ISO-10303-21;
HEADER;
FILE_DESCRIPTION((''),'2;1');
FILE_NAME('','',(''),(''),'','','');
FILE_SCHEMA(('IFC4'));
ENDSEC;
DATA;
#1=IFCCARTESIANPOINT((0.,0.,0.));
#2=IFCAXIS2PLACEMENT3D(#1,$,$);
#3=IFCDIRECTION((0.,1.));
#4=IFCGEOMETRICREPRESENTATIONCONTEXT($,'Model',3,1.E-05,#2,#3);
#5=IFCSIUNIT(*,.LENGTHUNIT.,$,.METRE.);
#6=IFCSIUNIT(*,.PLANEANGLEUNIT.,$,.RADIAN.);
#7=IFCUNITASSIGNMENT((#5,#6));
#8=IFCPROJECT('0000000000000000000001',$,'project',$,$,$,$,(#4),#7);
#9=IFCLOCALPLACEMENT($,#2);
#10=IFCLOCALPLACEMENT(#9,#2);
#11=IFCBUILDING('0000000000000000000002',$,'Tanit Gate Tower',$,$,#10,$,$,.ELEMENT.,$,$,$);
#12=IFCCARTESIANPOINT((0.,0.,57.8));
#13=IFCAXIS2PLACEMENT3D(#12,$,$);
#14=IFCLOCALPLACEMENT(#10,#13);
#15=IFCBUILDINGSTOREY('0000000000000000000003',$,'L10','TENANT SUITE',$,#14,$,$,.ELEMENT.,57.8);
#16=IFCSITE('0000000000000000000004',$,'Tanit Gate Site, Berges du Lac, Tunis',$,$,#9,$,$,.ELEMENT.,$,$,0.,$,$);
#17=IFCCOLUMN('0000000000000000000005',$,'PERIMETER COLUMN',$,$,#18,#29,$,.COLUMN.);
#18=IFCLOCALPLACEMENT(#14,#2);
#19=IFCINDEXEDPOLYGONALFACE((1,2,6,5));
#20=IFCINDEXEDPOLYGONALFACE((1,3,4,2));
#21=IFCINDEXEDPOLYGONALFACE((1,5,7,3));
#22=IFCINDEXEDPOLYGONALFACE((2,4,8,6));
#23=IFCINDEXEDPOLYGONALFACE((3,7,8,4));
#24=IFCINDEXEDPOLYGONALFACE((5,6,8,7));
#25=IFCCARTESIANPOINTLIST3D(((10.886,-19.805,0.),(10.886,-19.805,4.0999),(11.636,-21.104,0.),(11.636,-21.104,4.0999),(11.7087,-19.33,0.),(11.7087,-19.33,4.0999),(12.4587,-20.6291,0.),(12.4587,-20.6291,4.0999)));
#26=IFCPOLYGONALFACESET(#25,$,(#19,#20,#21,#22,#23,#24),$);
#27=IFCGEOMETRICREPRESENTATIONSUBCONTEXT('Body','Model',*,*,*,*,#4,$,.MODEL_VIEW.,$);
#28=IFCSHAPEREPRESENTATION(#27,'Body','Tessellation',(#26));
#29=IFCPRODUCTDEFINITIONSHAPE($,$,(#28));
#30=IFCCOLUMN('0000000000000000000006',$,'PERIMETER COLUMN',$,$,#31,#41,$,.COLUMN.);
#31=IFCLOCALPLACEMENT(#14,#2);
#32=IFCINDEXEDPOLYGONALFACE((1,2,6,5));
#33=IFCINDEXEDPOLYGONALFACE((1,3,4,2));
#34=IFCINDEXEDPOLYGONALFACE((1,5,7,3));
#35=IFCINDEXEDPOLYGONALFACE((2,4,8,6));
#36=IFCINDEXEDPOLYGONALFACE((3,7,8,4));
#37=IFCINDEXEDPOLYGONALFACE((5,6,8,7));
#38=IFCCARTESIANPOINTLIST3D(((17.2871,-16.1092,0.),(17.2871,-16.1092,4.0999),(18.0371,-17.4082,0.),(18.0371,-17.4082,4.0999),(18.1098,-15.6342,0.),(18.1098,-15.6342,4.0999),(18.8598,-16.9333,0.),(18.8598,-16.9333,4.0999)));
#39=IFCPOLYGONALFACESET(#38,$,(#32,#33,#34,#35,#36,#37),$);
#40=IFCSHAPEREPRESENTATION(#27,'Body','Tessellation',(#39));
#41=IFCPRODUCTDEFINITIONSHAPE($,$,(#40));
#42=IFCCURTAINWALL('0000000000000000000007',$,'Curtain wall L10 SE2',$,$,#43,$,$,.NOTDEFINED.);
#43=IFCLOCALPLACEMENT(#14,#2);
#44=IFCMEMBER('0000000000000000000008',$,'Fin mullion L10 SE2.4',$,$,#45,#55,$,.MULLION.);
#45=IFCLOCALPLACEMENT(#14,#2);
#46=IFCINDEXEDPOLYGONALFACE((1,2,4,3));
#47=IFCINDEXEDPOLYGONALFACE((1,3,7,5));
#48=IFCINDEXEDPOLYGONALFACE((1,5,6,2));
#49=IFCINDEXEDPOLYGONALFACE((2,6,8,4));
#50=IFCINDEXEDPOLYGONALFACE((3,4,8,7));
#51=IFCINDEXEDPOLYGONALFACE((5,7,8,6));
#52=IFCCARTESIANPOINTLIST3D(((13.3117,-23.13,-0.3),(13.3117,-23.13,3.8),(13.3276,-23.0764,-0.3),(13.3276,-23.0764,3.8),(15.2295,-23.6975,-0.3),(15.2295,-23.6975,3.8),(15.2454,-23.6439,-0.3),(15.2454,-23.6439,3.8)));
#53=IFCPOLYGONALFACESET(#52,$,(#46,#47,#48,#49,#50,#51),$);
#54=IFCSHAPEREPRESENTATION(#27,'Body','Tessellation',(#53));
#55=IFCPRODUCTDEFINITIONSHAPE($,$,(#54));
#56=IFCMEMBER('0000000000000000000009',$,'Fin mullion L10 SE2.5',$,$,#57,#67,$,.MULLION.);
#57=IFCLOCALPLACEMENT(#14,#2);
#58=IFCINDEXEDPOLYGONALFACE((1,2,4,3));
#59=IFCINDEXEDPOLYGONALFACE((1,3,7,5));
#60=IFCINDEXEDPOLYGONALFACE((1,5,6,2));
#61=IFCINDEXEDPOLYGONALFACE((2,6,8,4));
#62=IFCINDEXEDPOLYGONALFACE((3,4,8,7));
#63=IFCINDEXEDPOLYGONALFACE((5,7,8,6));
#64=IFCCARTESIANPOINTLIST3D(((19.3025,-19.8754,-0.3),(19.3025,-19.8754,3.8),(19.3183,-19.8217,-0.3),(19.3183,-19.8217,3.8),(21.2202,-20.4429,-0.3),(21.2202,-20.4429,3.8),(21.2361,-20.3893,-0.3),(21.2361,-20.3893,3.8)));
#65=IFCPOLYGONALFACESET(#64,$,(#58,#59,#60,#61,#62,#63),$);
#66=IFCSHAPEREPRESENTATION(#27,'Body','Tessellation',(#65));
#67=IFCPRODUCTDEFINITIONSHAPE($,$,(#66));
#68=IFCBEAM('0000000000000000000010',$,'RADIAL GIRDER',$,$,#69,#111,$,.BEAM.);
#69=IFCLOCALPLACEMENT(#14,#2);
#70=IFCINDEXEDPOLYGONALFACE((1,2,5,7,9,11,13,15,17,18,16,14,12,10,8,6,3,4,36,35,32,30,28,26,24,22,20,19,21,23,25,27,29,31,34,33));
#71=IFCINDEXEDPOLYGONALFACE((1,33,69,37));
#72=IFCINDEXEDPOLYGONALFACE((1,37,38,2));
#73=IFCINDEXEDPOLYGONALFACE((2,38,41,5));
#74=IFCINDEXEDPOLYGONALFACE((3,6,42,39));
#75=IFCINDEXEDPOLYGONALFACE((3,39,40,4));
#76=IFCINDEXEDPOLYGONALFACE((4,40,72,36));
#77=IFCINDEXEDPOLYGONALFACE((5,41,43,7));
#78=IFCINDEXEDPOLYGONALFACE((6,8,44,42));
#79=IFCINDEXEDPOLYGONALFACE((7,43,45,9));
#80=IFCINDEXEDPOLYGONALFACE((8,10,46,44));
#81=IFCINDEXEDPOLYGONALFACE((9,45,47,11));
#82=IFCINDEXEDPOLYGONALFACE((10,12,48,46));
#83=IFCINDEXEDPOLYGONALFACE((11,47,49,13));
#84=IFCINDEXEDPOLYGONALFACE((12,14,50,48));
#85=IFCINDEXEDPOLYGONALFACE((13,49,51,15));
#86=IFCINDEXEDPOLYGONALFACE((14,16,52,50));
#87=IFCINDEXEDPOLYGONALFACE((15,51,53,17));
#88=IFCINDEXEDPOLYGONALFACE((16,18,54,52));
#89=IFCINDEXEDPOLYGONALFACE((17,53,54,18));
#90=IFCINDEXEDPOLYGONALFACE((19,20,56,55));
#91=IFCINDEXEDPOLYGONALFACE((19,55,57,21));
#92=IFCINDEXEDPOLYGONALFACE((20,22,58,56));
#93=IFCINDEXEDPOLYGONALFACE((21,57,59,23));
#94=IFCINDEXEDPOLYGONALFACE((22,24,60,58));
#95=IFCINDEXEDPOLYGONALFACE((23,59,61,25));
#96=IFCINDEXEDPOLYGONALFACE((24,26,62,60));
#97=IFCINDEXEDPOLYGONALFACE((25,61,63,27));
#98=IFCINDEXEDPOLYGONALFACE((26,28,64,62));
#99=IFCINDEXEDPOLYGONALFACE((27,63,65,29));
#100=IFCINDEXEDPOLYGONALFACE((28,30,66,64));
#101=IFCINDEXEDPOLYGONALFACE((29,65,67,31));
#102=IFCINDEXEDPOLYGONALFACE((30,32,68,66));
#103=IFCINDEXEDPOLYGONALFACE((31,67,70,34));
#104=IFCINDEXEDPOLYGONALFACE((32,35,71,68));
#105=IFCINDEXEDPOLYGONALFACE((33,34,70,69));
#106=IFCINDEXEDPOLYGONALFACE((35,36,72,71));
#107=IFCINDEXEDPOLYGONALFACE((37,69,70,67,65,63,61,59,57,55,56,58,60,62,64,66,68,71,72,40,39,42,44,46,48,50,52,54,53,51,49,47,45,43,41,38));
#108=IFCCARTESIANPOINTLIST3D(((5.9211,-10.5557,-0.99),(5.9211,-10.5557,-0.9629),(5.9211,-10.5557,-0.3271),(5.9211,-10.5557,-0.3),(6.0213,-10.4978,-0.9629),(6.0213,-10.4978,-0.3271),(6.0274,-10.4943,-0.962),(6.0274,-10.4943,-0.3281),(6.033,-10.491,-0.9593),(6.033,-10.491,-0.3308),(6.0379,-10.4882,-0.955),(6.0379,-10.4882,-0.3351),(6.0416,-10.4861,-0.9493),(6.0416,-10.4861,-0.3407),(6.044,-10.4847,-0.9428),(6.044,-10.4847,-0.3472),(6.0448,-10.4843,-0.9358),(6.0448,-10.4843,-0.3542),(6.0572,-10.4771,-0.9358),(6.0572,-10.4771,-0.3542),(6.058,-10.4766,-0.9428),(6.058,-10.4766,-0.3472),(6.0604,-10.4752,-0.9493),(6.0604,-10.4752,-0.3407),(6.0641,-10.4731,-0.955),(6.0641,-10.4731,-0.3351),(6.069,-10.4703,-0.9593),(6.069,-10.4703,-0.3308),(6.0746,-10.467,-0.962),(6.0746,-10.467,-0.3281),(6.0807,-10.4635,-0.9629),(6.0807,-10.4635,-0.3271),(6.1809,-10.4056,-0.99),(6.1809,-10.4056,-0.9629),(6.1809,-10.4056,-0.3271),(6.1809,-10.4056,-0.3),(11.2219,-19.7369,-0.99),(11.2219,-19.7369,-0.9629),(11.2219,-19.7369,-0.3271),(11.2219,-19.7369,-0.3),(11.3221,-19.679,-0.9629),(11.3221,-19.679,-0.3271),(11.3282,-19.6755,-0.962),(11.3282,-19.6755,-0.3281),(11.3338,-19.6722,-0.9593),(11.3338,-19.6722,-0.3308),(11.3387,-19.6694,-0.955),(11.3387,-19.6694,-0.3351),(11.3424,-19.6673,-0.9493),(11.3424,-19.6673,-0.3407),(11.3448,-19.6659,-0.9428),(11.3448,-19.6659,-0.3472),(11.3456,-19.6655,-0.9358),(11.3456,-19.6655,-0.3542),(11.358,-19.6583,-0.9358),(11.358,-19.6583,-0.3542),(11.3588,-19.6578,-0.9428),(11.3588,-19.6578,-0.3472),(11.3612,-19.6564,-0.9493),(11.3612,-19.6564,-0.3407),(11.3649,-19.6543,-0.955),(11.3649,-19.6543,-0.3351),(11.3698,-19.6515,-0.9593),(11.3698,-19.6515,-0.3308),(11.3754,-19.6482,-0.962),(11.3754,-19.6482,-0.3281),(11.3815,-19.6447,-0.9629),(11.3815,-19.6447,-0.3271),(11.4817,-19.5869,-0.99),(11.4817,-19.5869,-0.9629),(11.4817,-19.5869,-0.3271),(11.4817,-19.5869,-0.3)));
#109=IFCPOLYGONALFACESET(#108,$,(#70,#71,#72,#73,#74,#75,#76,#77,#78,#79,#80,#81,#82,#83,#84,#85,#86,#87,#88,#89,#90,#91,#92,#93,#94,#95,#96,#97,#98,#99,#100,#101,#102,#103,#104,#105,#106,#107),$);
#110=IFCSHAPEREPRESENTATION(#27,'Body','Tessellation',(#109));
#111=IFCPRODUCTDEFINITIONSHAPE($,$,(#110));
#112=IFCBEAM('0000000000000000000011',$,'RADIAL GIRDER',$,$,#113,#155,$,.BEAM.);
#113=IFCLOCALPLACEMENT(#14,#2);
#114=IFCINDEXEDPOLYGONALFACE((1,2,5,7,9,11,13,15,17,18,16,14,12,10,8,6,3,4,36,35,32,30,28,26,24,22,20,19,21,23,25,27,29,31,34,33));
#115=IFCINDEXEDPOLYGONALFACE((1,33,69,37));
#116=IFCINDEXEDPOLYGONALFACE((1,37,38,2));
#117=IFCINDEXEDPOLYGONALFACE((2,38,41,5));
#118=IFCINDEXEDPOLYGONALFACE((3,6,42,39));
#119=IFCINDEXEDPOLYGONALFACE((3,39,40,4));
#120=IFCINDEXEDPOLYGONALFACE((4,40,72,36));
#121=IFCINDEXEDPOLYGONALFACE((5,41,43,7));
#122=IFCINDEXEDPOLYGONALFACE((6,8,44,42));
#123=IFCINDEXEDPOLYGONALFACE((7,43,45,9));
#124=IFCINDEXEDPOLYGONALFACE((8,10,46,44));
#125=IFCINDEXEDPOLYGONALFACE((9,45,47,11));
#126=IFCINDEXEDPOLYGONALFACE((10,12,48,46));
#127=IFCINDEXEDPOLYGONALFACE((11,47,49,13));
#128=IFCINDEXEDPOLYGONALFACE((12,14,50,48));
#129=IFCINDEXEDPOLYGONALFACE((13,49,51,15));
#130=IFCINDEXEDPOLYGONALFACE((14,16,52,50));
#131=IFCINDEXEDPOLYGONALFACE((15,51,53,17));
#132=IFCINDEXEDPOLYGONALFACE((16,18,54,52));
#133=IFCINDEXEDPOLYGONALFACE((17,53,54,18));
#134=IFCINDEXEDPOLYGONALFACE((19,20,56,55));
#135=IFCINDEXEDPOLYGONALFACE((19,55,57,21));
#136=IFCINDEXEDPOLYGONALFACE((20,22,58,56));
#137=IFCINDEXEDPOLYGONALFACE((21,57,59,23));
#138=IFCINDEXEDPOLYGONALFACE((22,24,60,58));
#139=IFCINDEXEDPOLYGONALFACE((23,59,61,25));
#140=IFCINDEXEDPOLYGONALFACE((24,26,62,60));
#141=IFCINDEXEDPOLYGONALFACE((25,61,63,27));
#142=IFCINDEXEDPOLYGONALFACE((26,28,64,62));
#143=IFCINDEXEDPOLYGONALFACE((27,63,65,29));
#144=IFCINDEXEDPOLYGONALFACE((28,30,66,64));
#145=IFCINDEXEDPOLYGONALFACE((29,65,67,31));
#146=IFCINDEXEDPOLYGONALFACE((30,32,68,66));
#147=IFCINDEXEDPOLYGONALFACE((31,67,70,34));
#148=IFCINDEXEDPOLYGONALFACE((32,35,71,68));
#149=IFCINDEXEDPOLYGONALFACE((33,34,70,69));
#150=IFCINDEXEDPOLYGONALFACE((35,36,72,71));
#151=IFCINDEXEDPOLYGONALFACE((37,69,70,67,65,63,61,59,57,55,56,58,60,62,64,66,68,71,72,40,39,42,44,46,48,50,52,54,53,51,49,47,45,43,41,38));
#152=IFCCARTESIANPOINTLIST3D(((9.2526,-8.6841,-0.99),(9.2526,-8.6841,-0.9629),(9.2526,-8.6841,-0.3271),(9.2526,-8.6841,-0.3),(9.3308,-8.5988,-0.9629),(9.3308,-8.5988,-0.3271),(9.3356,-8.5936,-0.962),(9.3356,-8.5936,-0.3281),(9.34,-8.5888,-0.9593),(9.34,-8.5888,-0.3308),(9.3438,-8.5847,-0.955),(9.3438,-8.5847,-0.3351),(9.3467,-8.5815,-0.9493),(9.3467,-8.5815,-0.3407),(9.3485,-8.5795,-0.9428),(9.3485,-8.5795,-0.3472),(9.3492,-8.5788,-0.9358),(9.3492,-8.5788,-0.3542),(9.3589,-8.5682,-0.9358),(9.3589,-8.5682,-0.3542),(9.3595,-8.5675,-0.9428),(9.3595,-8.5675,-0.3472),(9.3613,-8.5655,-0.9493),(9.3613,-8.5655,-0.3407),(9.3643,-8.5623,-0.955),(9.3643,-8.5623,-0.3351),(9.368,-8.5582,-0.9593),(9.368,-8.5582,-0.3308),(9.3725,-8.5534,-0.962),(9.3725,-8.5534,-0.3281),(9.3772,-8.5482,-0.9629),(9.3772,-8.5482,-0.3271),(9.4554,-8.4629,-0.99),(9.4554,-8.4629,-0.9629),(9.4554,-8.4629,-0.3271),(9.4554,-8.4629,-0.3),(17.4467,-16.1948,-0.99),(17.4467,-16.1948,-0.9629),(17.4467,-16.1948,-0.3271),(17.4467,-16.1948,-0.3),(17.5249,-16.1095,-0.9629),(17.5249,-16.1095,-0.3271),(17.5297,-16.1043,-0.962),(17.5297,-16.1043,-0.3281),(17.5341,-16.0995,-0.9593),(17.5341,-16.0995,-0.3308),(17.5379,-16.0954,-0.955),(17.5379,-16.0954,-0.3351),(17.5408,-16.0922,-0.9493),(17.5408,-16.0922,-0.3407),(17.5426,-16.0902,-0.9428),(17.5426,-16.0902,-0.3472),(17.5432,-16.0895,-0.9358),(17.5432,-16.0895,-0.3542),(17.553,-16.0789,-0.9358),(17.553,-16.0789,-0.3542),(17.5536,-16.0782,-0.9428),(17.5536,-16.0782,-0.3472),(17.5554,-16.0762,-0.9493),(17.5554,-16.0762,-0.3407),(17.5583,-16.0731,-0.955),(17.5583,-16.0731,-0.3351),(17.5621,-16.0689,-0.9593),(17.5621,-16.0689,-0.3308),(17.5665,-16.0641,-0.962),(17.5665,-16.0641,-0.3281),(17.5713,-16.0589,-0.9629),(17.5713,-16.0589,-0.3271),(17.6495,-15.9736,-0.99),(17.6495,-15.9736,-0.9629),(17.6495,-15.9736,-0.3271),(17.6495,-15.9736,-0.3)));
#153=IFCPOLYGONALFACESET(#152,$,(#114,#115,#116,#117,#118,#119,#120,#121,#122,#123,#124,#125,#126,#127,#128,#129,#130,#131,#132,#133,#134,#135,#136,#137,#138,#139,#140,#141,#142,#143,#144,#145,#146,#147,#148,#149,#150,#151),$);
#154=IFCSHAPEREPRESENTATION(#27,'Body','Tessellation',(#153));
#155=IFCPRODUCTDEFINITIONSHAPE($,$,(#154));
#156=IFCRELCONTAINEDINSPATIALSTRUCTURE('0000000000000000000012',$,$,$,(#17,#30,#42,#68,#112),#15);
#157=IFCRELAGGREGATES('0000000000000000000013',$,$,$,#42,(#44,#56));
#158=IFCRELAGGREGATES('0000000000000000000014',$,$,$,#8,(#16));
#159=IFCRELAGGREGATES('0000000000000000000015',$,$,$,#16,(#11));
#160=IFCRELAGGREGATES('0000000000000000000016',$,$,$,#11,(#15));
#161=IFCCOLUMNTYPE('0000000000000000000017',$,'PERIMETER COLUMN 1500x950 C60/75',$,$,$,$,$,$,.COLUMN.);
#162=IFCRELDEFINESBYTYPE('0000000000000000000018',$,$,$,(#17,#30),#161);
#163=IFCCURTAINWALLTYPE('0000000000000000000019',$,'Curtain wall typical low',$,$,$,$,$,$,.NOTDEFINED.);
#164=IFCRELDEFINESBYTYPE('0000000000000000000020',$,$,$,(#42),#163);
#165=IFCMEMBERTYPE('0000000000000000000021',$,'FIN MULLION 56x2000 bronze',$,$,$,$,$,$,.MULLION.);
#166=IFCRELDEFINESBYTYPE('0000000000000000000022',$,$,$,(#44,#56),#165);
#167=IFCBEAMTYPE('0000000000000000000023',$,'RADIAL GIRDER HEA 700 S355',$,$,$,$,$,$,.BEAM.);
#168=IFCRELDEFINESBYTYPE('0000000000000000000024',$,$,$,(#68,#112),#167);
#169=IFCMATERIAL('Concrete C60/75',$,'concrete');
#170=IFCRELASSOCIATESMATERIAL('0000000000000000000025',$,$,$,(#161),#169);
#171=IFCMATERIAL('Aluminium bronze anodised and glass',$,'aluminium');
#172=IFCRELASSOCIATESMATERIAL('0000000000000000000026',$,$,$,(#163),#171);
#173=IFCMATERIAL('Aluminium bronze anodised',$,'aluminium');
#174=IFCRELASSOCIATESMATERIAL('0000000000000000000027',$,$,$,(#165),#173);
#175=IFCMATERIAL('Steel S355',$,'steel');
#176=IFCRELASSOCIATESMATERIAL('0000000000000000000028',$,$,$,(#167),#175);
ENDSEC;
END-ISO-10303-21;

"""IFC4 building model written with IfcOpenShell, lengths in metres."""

from ifc_helpers import new_model, si_unit, direction, frame, origin, origin_2d, place, context, subcontext, project, spatial, rectangle, i_section, extrude, material, material_profile, profile_set, type_object, element, aggregate, save


model = new_model("IFC4")

# Units and contexts
model_context = context("Model", 3, precision=1e-05, world=origin(), true_north=direction((0.0, 1.0)))
body_context = subcontext(model_context, "Body", "Model", "MODEL_VIEW")
ifc_project = project(units=[si_unit("LENGTHUNIT", "METRE"), si_unit("PLANEANGLEUNIT", "RADIAN")], contexts=[model_context])

# Site, building, storey
site_placement = place(None, origin())
site = spatial("IfcSite", under=ifc_project, at=site_placement, Name="Tanit Gate Site, Berges du Lac, Tunis", CompositionType="ELEMENT", RefElevation=0.0)
building_placement = place(site_placement, origin())
building = spatial("IfcBuilding", under=site, at=building_placement, Name="Tanit Gate Tower", CompositionType="ELEMENT")
storey_placement = place(building_placement, frame((0.0, 0.0, 57.8)))
storey = spatial("IfcBuildingStorey", under=building, at=storey_placement, Name="L10", Description="TENANT SUITE", CompositionType="ELEMENT", Elevation=57.8)

# Columns
ifc_material_1 = material(Name="Concrete C60/75", Category="concrete")
ifc_material_profile_1 = material_profile(ifc_material_1, rectangle(XDim=1.5, YDim=0.95, at=origin_2d()), Name="RC 1500x950")
ifc_profile_set_1 = profile_set([ifc_material_profile_1], Name="Concrete C60/75")
column_type = type_object("IfcColumnType", Name="PERIMETER COLUMN 1500x950 C60/75", PredefinedType="COLUMN", material=ifc_profile_set_1)
for number, where, z_axis, x_axis, name in (
    (1, (11.6724, -20.217, 0.0), (0.0, 0.0, 1.0), (0.5, -0.866025, 0.0), "PERIMETER COLUMN"),
    (2, (18.0735, -16.5212, 0.0), (0.0, 0.0, 1.0), (0.5, -0.866025, 0.0), "PERIMETER COLUMN"),
):
    element("IfcColumn", number, at=place(storey_placement, frame(where, z_axis=z_axis, x_axis=x_axis)), inside=storey, type_object=column_type, Name=name, PredefinedType="COLUMN", context=body_context, shape_type="SweptSolid", body=[
        extrude(rectangle(XDim=1.5, YDim=0.95, at=origin_2d()), origin(), (0.0, 0.0, 1.0), 4.0999),
    ])

# Curtain wall, members
ifc_material_2 = material(Name="Aluminium bronze anodised and glass", Category="aluminium")
curtain_wall_type = type_object("IfcCurtainWallType", Name="Curtain wall typical low", PredefinedType="NOTDEFINED", material=ifc_material_2)
curtain_wall_placement = place(storey_placement, origin())
curtain_wall = element("IfcCurtainWall", 3, at=curtain_wall_placement, inside=storey, type_object=curtain_wall_type, Name="Curtain wall L10 SE2", PredefinedType="NOTDEFINED")
ifc_material_3 = material(Name="Aluminium bronze anodised", Category="aluminium")
ifc_material_profile_2 = material_profile(ifc_material_3, rectangle(XDim=2.0, YDim=0.0559, at=origin_2d()), Name="56x2000 bronze fin mullion")
ifc_profile_set_2 = profile_set([ifc_material_profile_2], Name="Aluminium bronze anodised")
member_type_1 = type_object("IfcMemberType", Name="FIN MULLION 56x2000 bronze", PredefinedType="MULLION", material=ifc_profile_set_2)
member_1_placement = place(storey_placement, frame((14.2786, -23.387, -0.3), z_axis=(0.0, 0.0, 1.0), x_axis=(-0.958892, 0.283773, 0.0)))
member_1 = element("IfcMember", 4, at=member_1_placement, type_object=member_type_1, Name="Fin mullion L10 SE2.4", PredefinedType="MULLION", context=body_context, shape_type="SweptSolid", body=[
    extrude(rectangle(XDim=2.0, YDim=0.0559, at=origin_2d()), origin(), (0.0, 0.0, 1.0), 4.1001),
])
member_2_placement = place(storey_placement, frame((20.2693, -20.1323, -0.3), z_axis=(0.0, 0.0, 1.0), x_axis=(-0.958892, 0.283773, 0.0)))
member_2 = element("IfcMember", 5, at=member_2_placement, type_object=member_type_1, Name="Fin mullion L10 SE2.5", PredefinedType="MULLION", context=body_context, shape_type="SweptSolid", body=[
    extrude(rectangle(XDim=2.0, YDim=0.0559, at=origin_2d()), origin(), (0.0, 0.0, 1.0), 4.1001),
])

# Beams
ifc_material_4 = material(Name="Steel S355", Category="steel")
ifc_material_profile_3 = material_profile(ifc_material_4, i_section(OverallWidth=0.3, OverallDepth=0.6899, WebThickness=0.0144, FlangeThickness=0.0271, FilletRadius=0.0271, at=origin_2d()), Name="HEA 700")
ifc_profile_set_3 = profile_set([ifc_material_profile_3], Name="Steel S355")
beam_type_1 = type_object("IfcBeamType", Name="RADIAL GIRDER HEA 700 S355", PredefinedType="BEAM", material=ifc_profile_set_3)
beam_1_placement = place(storey_placement, frame((11.3518, -19.6619, -0.645), z_axis=(-0.500003, 0.866024, 0.0), x_axis=(-0.866024, -0.500003, 0.0)))
element("IfcBeam", 6, at=beam_1_placement, inside=storey, type_object=beam_type_1, Name="RADIAL GIRDER", PredefinedType="BEAM", context=body_context, shape_type="SweptSolid", body=[
    extrude(i_section(OverallWidth=0.3, OverallDepth=0.6899, WebThickness=0.0144, FlangeThickness=0.0271, FilletRadius=0.0271, at=origin_2d()), origin(), (0.0, 0.0, 1.0), 10.6016),
])
beam_2_placement = place(storey_placement, frame((17.5481, -16.0842, -0.645), z_axis=(-0.737177, 0.6757, 0.0), x_axis=(-0.6757, -0.737177, 0.0)))
element("IfcBeam", 7, at=beam_2_placement, inside=storey, type_object=beam_type_1, Name="RADIAL GIRDER", PredefinedType="BEAM", context=body_context, shape_type="SweptSolid", body=[
    extrude(i_section(OverallWidth=0.3, OverallDepth=0.6899, WebThickness=0.0144, FlangeThickness=0.0271, FilletRadius=0.0271, at=origin_2d()), origin(), (0.0, 0.0, 1.0), 11.1155),
])

aggregate(curtain_wall, [member_1, member_2])

save(model, "model.ifc")
